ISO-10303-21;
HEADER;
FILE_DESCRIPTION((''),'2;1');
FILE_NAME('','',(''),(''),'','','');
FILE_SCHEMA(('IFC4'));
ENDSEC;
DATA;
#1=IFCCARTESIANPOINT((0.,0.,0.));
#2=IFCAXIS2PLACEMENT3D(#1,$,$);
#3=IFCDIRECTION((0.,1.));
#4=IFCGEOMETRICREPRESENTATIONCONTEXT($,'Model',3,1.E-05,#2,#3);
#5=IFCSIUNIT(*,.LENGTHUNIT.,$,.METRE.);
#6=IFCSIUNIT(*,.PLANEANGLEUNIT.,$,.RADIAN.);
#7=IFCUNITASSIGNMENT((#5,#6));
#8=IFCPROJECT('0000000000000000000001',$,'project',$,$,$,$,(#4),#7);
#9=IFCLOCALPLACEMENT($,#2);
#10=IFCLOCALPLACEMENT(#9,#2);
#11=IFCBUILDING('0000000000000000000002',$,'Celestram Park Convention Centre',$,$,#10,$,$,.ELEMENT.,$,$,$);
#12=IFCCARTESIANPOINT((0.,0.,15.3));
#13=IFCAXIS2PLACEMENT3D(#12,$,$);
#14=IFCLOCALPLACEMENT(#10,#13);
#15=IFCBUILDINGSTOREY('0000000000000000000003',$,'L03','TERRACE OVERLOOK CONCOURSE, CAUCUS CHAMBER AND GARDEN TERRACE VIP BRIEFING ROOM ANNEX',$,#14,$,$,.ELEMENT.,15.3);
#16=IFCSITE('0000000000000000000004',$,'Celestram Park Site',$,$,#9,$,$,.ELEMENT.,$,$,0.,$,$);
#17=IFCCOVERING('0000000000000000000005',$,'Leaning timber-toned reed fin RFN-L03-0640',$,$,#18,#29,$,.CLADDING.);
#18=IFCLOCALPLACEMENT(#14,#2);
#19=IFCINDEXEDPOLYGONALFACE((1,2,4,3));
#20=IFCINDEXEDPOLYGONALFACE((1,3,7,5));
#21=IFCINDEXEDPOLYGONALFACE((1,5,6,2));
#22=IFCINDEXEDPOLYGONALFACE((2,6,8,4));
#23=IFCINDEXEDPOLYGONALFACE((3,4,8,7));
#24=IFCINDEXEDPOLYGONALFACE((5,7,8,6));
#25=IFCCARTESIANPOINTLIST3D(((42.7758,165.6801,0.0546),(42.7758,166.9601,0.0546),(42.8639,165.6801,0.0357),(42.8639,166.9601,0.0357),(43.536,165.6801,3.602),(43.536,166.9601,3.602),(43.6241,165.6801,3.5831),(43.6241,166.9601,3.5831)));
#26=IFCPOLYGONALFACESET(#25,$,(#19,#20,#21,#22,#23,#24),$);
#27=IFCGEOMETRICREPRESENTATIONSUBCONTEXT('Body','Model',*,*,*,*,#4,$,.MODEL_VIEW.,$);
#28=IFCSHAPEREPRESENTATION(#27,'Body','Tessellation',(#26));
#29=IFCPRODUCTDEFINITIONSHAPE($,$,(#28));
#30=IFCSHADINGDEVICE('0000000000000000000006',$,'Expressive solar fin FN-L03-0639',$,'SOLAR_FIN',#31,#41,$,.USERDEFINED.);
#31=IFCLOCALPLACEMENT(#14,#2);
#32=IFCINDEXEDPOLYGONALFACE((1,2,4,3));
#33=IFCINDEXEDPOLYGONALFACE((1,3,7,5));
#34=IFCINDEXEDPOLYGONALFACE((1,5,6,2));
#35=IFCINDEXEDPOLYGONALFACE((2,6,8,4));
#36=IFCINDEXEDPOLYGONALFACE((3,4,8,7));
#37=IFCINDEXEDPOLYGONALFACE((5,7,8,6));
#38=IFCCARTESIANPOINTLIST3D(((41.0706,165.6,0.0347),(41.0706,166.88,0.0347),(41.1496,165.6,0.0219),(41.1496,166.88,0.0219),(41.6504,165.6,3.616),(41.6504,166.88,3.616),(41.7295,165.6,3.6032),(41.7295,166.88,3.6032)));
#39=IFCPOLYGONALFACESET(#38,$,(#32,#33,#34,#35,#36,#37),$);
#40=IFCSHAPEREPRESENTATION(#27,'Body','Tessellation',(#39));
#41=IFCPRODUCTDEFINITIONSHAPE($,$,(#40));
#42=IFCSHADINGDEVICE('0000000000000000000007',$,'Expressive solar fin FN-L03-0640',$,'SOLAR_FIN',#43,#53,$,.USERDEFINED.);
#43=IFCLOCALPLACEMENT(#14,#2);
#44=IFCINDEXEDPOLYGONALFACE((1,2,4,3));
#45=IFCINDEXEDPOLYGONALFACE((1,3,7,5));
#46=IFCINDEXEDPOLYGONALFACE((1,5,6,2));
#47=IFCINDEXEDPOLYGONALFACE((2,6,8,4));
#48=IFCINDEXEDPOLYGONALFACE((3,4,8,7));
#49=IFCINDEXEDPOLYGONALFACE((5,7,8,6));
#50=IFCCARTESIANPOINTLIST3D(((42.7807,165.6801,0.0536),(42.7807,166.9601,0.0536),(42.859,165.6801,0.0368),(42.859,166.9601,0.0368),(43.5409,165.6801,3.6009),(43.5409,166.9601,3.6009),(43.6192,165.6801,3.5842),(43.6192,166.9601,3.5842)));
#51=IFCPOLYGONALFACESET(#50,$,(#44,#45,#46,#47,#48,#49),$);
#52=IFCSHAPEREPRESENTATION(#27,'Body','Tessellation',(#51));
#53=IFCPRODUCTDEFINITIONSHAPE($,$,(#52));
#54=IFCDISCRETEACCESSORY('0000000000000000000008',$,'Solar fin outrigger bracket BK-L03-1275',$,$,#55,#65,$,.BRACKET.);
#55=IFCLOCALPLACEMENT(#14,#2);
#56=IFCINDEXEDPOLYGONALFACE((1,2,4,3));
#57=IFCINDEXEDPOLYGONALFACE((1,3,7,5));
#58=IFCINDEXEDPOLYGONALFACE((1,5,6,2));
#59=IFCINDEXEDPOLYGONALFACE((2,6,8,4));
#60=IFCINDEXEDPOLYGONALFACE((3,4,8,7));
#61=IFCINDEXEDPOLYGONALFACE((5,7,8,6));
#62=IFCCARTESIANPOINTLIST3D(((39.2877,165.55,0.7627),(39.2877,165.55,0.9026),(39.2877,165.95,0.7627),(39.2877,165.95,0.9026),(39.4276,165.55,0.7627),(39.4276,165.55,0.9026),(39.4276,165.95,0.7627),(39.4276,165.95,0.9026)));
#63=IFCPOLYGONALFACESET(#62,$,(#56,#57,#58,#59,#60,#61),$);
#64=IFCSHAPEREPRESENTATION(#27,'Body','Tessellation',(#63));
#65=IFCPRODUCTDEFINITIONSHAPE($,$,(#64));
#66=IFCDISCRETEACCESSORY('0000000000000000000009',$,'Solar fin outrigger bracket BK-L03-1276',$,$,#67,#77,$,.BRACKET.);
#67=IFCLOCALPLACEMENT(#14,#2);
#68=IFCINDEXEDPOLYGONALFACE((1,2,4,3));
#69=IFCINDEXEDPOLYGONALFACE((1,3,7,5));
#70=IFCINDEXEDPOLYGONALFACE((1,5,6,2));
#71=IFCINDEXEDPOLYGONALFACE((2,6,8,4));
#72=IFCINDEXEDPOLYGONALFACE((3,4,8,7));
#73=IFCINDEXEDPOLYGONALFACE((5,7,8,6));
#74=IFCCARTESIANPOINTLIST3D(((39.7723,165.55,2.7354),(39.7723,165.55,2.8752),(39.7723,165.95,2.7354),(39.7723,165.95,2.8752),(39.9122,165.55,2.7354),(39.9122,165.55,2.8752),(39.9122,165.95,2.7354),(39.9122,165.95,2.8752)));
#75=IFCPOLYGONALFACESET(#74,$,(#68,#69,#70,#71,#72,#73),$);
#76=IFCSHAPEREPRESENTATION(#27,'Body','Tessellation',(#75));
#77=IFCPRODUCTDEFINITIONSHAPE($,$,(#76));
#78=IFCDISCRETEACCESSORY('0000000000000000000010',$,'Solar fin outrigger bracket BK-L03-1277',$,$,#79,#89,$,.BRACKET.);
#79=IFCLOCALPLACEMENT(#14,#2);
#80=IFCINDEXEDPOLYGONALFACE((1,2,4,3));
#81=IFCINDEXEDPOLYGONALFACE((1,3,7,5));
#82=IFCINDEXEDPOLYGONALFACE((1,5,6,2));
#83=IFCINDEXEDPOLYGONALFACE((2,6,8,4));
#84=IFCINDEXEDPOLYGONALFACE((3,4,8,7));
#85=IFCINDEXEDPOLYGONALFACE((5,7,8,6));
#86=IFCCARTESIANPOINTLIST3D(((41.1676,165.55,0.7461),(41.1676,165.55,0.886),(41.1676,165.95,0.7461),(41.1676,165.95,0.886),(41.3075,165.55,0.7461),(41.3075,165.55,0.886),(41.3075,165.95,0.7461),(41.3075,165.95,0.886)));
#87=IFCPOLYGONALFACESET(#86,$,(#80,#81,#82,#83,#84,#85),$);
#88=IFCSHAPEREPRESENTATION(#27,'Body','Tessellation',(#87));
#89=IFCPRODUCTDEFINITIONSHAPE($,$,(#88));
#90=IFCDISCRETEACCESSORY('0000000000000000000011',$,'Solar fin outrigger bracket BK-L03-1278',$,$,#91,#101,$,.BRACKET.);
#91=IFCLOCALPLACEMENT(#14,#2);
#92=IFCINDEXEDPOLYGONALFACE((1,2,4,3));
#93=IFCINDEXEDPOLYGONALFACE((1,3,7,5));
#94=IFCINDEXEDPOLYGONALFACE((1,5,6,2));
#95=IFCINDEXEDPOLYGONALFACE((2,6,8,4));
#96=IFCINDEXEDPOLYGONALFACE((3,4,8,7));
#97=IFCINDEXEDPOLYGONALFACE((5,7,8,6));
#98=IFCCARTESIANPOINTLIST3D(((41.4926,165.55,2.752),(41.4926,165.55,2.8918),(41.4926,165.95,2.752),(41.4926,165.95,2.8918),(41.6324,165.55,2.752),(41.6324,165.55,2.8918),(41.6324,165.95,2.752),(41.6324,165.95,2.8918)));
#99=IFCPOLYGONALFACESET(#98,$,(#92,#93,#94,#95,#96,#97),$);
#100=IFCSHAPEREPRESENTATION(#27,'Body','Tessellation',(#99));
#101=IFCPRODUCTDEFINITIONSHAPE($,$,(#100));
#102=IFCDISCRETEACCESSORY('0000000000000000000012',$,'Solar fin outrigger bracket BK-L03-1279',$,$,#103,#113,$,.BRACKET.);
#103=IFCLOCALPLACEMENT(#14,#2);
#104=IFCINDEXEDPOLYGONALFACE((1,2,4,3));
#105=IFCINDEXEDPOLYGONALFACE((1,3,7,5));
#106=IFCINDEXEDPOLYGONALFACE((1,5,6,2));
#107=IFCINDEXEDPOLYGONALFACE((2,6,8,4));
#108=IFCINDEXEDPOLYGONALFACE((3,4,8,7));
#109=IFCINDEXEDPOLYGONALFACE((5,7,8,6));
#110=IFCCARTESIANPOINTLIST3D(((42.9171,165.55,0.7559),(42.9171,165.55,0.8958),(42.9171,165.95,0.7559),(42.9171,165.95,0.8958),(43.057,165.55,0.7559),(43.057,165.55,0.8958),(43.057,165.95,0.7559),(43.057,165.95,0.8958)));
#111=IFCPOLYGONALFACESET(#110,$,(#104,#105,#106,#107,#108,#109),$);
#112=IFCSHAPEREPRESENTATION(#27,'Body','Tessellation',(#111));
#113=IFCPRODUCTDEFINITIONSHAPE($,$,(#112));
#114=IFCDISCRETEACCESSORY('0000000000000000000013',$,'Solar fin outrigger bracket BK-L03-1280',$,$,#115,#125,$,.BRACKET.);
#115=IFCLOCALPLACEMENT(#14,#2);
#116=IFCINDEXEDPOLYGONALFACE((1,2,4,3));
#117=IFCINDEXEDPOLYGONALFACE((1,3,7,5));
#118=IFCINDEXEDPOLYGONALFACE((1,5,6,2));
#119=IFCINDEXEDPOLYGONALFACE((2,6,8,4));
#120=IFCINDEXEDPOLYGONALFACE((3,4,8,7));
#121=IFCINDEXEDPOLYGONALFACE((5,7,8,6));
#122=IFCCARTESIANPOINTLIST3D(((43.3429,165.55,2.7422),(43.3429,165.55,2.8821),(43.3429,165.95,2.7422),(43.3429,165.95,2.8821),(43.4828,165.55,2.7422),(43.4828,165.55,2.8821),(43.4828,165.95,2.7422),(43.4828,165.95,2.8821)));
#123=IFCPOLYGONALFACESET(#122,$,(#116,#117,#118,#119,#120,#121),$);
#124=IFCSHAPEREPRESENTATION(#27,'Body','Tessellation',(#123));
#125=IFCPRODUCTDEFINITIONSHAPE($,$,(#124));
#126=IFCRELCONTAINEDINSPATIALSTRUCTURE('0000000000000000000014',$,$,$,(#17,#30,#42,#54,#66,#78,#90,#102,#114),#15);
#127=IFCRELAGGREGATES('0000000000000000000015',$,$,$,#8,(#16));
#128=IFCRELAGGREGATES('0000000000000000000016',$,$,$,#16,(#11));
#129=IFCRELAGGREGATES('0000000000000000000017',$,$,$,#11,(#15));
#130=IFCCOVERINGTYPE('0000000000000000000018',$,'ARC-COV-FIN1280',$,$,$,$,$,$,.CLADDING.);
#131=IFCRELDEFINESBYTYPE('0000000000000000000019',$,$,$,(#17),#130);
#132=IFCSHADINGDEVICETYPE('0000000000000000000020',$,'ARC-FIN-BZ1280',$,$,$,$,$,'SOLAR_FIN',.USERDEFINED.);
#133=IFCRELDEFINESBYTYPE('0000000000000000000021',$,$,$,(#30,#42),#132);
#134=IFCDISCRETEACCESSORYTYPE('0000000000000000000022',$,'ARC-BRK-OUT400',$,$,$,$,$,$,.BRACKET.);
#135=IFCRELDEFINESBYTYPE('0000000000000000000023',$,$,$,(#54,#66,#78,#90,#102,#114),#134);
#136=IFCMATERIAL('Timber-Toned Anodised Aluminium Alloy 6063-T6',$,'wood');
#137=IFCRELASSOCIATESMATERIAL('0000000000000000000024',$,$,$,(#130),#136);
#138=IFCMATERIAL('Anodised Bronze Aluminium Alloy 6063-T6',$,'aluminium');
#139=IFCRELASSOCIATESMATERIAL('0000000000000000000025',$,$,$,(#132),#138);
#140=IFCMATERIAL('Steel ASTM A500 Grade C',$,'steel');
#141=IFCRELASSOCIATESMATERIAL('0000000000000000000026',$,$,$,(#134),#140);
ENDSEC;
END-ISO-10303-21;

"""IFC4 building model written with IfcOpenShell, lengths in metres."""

from ifc_helpers import new_model, si_unit, direction, frame, origin, origin_2d, place, context, subcontext, project, spatial, rectangle, extrude, material, material_profile, profile_set, type_object, element, save


model = new_model("IFC4")

# Units and contexts
model_context = context("Model", 3, precision=1e-05, world=origin(), true_north=direction((0.0, 1.0)))
body_context = subcontext(model_context, "Body", "Model", "MODEL_VIEW")
ifc_project = project(units=[si_unit("LENGTHUNIT", "METRE"), si_unit("PLANEANGLEUNIT", "RADIAN")], contexts=[model_context])

# Site, building, storey
site_placement = place(None, origin())
site = spatial("IfcSite", under=ifc_project, at=site_placement, Name="Celestram Park Site", CompositionType="ELEMENT", RefElevation=0.0)
building_placement = place(site_placement, origin())
building = spatial("IfcBuilding", under=site, at=building_placement, Name="Celestram Park Convention Centre", CompositionType="ELEMENT")
storey_placement = place(building_placement, frame((0.0, 0.0, 15.3)))
storey = spatial("IfcBuildingStorey", under=building, at=storey_placement, Name="L03", Description="TERRACE OVERLOOK CONCOURSE, CAUCUS CHAMBER AND GARDEN TERRACE VIP BRIEFING ROOM ANNEX", CompositionType="ELEMENT", Elevation=15.3)

# Covering
ifc_material_1 = material(Name="Timber-Toned Anodised Aluminium Alloy 6063-T6", Category="wood")
ifc_material_profile_1 = material_profile(ifc_material_1, rectangle(XDim=1.28, YDim=0.0901, at=origin_2d()), Name="REED1280X90")
ifc_profile_set_1 = profile_set([ifc_material_profile_1], Name="Timber-Toned Anodised Aluminium Alloy 6063-T6")
covering_type_1 = type_object("IfcCoveringType", Name="ARC-COV-FIN1280", PredefinedType="CLADDING", material=ifc_profile_set_1)
covering_1_placement = place(storey_placement, frame((42.8198, 166.3201, 0.0452), z_axis=(0.209557, 0.0, 0.977797), x_axis=(0.0, 1.0, 0.0)))
element("IfcCovering", 1, at=covering_1_placement, inside=storey, type_object=covering_type_1, Name="Leaning timber-toned reed fin RFN-L03-0640", PredefinedType="CLADDING", context=body_context, shape_type="SweptSolid", body=[
    extrude(rectangle(XDim=1.28, YDim=0.0901, at=origin_2d()), origin(), (0.0, 0.0, 1.0), 3.6279),
])

# Shading devices
ifc_material_2 = material(Name="Anodised Bronze Aluminium Alloy 6063-T6", Category="aluminium")
ifc_material_profile_2 = material_profile(ifc_material_2, rectangle(XDim=1.28, YDim=0.0801, at=origin_2d()), Name="FIN1280X80")
ifc_profile_set_2 = profile_set([ifc_material_profile_2], Name="Anodised Bronze Aluminium Alloy 6063-T6")
shading_device_type = type_object("IfcShadingDeviceType", Name="ARC-FIN-BZ1280", ElementType="SOLAR_FIN", PredefinedType="USERDEFINED", material=ifc_profile_set_2)
for number, where, z_axis, x_axis, name in (
    (2, (41.1101, 166.24, 0.0283), (0.159825, 0.0, 0.987145), (0.0, 1.0, 0.0), "Expressive solar fin FN-L03-0639"),
    (3, (42.8198, 166.3201, 0.0452), (0.209557, 0.0, 0.977797), (0.0, 1.0, 0.0), "Expressive solar fin FN-L03-0640"),
):
    element("IfcShadingDevice", number, at=place(storey_placement, frame(where, z_axis=z_axis, x_axis=x_axis)), inside=storey, type_object=shading_device_type, Name=name, ObjectType="SOLAR_FIN", PredefinedType="USERDEFINED", context=body_context, shape_type="SweptSolid", body=[
        extrude(rectangle(XDim=1.28, YDim=0.0801, at=origin_2d()), origin(), (0.0, 0.0, 1.0), 3.6279),
    ])

# Discrete accessories
ifc_material_3 = material(Name="Steel ASTM A500 Grade C", Category="steel")
discrete_accessory_type = type_object("IfcDiscreteAccessoryType", Name="ARC-BRK-OUT400", PredefinedType="BRACKET", material=ifc_material_3)
for number, where, z_axis, x_axis, name in (
    (4, (39.3577, 165.75, 0.7627), (0.0, 0.0, 1.0), (0.0, 1.0, 0.0), "Solar fin outrigger bracket BK-L03-1275"),
    (5, (39.8423, 165.75, 2.7354), (0.0, 0.0, 1.0), (0.0, 1.0, 0.0), "Solar fin outrigger bracket BK-L03-1276"),
    (6, (41.2375, 165.75, 0.7461), (0.0, 0.0, 1.0), (0.0, 1.0, 0.0), "Solar fin outrigger bracket BK-L03-1277"),
    (7, (41.5625, 165.75, 2.752), (0.0, 0.0, 1.0), (0.0, 1.0, 0.0), "Solar fin outrigger bracket BK-L03-1278"),
    (8, (42.9871, 165.75, 0.7559), (0.0, 0.0, 1.0), (0.0, 1.0, 0.0), "Solar fin outrigger bracket BK-L03-1279"),
    (9, (43.4128, 165.75, 2.7422), (0.0, 0.0, 1.0), (0.0, 1.0, 0.0), "Solar fin outrigger bracket BK-L03-1280"),
):
    element("IfcDiscreteAccessory", number, at=place(storey_placement, frame(where, z_axis=z_axis, x_axis=x_axis)), inside=storey, type_object=discrete_accessory_type, Name=name, PredefinedType="BRACKET", context=body_context, shape_type="SweptSolid", body=[
        extrude(rectangle(XDim=0.3999, YDim=0.1399, at=origin_2d()), origin(), (0.0, 0.0, 1.0), 0.1399),
    ])

save(model, "model.ifc")
